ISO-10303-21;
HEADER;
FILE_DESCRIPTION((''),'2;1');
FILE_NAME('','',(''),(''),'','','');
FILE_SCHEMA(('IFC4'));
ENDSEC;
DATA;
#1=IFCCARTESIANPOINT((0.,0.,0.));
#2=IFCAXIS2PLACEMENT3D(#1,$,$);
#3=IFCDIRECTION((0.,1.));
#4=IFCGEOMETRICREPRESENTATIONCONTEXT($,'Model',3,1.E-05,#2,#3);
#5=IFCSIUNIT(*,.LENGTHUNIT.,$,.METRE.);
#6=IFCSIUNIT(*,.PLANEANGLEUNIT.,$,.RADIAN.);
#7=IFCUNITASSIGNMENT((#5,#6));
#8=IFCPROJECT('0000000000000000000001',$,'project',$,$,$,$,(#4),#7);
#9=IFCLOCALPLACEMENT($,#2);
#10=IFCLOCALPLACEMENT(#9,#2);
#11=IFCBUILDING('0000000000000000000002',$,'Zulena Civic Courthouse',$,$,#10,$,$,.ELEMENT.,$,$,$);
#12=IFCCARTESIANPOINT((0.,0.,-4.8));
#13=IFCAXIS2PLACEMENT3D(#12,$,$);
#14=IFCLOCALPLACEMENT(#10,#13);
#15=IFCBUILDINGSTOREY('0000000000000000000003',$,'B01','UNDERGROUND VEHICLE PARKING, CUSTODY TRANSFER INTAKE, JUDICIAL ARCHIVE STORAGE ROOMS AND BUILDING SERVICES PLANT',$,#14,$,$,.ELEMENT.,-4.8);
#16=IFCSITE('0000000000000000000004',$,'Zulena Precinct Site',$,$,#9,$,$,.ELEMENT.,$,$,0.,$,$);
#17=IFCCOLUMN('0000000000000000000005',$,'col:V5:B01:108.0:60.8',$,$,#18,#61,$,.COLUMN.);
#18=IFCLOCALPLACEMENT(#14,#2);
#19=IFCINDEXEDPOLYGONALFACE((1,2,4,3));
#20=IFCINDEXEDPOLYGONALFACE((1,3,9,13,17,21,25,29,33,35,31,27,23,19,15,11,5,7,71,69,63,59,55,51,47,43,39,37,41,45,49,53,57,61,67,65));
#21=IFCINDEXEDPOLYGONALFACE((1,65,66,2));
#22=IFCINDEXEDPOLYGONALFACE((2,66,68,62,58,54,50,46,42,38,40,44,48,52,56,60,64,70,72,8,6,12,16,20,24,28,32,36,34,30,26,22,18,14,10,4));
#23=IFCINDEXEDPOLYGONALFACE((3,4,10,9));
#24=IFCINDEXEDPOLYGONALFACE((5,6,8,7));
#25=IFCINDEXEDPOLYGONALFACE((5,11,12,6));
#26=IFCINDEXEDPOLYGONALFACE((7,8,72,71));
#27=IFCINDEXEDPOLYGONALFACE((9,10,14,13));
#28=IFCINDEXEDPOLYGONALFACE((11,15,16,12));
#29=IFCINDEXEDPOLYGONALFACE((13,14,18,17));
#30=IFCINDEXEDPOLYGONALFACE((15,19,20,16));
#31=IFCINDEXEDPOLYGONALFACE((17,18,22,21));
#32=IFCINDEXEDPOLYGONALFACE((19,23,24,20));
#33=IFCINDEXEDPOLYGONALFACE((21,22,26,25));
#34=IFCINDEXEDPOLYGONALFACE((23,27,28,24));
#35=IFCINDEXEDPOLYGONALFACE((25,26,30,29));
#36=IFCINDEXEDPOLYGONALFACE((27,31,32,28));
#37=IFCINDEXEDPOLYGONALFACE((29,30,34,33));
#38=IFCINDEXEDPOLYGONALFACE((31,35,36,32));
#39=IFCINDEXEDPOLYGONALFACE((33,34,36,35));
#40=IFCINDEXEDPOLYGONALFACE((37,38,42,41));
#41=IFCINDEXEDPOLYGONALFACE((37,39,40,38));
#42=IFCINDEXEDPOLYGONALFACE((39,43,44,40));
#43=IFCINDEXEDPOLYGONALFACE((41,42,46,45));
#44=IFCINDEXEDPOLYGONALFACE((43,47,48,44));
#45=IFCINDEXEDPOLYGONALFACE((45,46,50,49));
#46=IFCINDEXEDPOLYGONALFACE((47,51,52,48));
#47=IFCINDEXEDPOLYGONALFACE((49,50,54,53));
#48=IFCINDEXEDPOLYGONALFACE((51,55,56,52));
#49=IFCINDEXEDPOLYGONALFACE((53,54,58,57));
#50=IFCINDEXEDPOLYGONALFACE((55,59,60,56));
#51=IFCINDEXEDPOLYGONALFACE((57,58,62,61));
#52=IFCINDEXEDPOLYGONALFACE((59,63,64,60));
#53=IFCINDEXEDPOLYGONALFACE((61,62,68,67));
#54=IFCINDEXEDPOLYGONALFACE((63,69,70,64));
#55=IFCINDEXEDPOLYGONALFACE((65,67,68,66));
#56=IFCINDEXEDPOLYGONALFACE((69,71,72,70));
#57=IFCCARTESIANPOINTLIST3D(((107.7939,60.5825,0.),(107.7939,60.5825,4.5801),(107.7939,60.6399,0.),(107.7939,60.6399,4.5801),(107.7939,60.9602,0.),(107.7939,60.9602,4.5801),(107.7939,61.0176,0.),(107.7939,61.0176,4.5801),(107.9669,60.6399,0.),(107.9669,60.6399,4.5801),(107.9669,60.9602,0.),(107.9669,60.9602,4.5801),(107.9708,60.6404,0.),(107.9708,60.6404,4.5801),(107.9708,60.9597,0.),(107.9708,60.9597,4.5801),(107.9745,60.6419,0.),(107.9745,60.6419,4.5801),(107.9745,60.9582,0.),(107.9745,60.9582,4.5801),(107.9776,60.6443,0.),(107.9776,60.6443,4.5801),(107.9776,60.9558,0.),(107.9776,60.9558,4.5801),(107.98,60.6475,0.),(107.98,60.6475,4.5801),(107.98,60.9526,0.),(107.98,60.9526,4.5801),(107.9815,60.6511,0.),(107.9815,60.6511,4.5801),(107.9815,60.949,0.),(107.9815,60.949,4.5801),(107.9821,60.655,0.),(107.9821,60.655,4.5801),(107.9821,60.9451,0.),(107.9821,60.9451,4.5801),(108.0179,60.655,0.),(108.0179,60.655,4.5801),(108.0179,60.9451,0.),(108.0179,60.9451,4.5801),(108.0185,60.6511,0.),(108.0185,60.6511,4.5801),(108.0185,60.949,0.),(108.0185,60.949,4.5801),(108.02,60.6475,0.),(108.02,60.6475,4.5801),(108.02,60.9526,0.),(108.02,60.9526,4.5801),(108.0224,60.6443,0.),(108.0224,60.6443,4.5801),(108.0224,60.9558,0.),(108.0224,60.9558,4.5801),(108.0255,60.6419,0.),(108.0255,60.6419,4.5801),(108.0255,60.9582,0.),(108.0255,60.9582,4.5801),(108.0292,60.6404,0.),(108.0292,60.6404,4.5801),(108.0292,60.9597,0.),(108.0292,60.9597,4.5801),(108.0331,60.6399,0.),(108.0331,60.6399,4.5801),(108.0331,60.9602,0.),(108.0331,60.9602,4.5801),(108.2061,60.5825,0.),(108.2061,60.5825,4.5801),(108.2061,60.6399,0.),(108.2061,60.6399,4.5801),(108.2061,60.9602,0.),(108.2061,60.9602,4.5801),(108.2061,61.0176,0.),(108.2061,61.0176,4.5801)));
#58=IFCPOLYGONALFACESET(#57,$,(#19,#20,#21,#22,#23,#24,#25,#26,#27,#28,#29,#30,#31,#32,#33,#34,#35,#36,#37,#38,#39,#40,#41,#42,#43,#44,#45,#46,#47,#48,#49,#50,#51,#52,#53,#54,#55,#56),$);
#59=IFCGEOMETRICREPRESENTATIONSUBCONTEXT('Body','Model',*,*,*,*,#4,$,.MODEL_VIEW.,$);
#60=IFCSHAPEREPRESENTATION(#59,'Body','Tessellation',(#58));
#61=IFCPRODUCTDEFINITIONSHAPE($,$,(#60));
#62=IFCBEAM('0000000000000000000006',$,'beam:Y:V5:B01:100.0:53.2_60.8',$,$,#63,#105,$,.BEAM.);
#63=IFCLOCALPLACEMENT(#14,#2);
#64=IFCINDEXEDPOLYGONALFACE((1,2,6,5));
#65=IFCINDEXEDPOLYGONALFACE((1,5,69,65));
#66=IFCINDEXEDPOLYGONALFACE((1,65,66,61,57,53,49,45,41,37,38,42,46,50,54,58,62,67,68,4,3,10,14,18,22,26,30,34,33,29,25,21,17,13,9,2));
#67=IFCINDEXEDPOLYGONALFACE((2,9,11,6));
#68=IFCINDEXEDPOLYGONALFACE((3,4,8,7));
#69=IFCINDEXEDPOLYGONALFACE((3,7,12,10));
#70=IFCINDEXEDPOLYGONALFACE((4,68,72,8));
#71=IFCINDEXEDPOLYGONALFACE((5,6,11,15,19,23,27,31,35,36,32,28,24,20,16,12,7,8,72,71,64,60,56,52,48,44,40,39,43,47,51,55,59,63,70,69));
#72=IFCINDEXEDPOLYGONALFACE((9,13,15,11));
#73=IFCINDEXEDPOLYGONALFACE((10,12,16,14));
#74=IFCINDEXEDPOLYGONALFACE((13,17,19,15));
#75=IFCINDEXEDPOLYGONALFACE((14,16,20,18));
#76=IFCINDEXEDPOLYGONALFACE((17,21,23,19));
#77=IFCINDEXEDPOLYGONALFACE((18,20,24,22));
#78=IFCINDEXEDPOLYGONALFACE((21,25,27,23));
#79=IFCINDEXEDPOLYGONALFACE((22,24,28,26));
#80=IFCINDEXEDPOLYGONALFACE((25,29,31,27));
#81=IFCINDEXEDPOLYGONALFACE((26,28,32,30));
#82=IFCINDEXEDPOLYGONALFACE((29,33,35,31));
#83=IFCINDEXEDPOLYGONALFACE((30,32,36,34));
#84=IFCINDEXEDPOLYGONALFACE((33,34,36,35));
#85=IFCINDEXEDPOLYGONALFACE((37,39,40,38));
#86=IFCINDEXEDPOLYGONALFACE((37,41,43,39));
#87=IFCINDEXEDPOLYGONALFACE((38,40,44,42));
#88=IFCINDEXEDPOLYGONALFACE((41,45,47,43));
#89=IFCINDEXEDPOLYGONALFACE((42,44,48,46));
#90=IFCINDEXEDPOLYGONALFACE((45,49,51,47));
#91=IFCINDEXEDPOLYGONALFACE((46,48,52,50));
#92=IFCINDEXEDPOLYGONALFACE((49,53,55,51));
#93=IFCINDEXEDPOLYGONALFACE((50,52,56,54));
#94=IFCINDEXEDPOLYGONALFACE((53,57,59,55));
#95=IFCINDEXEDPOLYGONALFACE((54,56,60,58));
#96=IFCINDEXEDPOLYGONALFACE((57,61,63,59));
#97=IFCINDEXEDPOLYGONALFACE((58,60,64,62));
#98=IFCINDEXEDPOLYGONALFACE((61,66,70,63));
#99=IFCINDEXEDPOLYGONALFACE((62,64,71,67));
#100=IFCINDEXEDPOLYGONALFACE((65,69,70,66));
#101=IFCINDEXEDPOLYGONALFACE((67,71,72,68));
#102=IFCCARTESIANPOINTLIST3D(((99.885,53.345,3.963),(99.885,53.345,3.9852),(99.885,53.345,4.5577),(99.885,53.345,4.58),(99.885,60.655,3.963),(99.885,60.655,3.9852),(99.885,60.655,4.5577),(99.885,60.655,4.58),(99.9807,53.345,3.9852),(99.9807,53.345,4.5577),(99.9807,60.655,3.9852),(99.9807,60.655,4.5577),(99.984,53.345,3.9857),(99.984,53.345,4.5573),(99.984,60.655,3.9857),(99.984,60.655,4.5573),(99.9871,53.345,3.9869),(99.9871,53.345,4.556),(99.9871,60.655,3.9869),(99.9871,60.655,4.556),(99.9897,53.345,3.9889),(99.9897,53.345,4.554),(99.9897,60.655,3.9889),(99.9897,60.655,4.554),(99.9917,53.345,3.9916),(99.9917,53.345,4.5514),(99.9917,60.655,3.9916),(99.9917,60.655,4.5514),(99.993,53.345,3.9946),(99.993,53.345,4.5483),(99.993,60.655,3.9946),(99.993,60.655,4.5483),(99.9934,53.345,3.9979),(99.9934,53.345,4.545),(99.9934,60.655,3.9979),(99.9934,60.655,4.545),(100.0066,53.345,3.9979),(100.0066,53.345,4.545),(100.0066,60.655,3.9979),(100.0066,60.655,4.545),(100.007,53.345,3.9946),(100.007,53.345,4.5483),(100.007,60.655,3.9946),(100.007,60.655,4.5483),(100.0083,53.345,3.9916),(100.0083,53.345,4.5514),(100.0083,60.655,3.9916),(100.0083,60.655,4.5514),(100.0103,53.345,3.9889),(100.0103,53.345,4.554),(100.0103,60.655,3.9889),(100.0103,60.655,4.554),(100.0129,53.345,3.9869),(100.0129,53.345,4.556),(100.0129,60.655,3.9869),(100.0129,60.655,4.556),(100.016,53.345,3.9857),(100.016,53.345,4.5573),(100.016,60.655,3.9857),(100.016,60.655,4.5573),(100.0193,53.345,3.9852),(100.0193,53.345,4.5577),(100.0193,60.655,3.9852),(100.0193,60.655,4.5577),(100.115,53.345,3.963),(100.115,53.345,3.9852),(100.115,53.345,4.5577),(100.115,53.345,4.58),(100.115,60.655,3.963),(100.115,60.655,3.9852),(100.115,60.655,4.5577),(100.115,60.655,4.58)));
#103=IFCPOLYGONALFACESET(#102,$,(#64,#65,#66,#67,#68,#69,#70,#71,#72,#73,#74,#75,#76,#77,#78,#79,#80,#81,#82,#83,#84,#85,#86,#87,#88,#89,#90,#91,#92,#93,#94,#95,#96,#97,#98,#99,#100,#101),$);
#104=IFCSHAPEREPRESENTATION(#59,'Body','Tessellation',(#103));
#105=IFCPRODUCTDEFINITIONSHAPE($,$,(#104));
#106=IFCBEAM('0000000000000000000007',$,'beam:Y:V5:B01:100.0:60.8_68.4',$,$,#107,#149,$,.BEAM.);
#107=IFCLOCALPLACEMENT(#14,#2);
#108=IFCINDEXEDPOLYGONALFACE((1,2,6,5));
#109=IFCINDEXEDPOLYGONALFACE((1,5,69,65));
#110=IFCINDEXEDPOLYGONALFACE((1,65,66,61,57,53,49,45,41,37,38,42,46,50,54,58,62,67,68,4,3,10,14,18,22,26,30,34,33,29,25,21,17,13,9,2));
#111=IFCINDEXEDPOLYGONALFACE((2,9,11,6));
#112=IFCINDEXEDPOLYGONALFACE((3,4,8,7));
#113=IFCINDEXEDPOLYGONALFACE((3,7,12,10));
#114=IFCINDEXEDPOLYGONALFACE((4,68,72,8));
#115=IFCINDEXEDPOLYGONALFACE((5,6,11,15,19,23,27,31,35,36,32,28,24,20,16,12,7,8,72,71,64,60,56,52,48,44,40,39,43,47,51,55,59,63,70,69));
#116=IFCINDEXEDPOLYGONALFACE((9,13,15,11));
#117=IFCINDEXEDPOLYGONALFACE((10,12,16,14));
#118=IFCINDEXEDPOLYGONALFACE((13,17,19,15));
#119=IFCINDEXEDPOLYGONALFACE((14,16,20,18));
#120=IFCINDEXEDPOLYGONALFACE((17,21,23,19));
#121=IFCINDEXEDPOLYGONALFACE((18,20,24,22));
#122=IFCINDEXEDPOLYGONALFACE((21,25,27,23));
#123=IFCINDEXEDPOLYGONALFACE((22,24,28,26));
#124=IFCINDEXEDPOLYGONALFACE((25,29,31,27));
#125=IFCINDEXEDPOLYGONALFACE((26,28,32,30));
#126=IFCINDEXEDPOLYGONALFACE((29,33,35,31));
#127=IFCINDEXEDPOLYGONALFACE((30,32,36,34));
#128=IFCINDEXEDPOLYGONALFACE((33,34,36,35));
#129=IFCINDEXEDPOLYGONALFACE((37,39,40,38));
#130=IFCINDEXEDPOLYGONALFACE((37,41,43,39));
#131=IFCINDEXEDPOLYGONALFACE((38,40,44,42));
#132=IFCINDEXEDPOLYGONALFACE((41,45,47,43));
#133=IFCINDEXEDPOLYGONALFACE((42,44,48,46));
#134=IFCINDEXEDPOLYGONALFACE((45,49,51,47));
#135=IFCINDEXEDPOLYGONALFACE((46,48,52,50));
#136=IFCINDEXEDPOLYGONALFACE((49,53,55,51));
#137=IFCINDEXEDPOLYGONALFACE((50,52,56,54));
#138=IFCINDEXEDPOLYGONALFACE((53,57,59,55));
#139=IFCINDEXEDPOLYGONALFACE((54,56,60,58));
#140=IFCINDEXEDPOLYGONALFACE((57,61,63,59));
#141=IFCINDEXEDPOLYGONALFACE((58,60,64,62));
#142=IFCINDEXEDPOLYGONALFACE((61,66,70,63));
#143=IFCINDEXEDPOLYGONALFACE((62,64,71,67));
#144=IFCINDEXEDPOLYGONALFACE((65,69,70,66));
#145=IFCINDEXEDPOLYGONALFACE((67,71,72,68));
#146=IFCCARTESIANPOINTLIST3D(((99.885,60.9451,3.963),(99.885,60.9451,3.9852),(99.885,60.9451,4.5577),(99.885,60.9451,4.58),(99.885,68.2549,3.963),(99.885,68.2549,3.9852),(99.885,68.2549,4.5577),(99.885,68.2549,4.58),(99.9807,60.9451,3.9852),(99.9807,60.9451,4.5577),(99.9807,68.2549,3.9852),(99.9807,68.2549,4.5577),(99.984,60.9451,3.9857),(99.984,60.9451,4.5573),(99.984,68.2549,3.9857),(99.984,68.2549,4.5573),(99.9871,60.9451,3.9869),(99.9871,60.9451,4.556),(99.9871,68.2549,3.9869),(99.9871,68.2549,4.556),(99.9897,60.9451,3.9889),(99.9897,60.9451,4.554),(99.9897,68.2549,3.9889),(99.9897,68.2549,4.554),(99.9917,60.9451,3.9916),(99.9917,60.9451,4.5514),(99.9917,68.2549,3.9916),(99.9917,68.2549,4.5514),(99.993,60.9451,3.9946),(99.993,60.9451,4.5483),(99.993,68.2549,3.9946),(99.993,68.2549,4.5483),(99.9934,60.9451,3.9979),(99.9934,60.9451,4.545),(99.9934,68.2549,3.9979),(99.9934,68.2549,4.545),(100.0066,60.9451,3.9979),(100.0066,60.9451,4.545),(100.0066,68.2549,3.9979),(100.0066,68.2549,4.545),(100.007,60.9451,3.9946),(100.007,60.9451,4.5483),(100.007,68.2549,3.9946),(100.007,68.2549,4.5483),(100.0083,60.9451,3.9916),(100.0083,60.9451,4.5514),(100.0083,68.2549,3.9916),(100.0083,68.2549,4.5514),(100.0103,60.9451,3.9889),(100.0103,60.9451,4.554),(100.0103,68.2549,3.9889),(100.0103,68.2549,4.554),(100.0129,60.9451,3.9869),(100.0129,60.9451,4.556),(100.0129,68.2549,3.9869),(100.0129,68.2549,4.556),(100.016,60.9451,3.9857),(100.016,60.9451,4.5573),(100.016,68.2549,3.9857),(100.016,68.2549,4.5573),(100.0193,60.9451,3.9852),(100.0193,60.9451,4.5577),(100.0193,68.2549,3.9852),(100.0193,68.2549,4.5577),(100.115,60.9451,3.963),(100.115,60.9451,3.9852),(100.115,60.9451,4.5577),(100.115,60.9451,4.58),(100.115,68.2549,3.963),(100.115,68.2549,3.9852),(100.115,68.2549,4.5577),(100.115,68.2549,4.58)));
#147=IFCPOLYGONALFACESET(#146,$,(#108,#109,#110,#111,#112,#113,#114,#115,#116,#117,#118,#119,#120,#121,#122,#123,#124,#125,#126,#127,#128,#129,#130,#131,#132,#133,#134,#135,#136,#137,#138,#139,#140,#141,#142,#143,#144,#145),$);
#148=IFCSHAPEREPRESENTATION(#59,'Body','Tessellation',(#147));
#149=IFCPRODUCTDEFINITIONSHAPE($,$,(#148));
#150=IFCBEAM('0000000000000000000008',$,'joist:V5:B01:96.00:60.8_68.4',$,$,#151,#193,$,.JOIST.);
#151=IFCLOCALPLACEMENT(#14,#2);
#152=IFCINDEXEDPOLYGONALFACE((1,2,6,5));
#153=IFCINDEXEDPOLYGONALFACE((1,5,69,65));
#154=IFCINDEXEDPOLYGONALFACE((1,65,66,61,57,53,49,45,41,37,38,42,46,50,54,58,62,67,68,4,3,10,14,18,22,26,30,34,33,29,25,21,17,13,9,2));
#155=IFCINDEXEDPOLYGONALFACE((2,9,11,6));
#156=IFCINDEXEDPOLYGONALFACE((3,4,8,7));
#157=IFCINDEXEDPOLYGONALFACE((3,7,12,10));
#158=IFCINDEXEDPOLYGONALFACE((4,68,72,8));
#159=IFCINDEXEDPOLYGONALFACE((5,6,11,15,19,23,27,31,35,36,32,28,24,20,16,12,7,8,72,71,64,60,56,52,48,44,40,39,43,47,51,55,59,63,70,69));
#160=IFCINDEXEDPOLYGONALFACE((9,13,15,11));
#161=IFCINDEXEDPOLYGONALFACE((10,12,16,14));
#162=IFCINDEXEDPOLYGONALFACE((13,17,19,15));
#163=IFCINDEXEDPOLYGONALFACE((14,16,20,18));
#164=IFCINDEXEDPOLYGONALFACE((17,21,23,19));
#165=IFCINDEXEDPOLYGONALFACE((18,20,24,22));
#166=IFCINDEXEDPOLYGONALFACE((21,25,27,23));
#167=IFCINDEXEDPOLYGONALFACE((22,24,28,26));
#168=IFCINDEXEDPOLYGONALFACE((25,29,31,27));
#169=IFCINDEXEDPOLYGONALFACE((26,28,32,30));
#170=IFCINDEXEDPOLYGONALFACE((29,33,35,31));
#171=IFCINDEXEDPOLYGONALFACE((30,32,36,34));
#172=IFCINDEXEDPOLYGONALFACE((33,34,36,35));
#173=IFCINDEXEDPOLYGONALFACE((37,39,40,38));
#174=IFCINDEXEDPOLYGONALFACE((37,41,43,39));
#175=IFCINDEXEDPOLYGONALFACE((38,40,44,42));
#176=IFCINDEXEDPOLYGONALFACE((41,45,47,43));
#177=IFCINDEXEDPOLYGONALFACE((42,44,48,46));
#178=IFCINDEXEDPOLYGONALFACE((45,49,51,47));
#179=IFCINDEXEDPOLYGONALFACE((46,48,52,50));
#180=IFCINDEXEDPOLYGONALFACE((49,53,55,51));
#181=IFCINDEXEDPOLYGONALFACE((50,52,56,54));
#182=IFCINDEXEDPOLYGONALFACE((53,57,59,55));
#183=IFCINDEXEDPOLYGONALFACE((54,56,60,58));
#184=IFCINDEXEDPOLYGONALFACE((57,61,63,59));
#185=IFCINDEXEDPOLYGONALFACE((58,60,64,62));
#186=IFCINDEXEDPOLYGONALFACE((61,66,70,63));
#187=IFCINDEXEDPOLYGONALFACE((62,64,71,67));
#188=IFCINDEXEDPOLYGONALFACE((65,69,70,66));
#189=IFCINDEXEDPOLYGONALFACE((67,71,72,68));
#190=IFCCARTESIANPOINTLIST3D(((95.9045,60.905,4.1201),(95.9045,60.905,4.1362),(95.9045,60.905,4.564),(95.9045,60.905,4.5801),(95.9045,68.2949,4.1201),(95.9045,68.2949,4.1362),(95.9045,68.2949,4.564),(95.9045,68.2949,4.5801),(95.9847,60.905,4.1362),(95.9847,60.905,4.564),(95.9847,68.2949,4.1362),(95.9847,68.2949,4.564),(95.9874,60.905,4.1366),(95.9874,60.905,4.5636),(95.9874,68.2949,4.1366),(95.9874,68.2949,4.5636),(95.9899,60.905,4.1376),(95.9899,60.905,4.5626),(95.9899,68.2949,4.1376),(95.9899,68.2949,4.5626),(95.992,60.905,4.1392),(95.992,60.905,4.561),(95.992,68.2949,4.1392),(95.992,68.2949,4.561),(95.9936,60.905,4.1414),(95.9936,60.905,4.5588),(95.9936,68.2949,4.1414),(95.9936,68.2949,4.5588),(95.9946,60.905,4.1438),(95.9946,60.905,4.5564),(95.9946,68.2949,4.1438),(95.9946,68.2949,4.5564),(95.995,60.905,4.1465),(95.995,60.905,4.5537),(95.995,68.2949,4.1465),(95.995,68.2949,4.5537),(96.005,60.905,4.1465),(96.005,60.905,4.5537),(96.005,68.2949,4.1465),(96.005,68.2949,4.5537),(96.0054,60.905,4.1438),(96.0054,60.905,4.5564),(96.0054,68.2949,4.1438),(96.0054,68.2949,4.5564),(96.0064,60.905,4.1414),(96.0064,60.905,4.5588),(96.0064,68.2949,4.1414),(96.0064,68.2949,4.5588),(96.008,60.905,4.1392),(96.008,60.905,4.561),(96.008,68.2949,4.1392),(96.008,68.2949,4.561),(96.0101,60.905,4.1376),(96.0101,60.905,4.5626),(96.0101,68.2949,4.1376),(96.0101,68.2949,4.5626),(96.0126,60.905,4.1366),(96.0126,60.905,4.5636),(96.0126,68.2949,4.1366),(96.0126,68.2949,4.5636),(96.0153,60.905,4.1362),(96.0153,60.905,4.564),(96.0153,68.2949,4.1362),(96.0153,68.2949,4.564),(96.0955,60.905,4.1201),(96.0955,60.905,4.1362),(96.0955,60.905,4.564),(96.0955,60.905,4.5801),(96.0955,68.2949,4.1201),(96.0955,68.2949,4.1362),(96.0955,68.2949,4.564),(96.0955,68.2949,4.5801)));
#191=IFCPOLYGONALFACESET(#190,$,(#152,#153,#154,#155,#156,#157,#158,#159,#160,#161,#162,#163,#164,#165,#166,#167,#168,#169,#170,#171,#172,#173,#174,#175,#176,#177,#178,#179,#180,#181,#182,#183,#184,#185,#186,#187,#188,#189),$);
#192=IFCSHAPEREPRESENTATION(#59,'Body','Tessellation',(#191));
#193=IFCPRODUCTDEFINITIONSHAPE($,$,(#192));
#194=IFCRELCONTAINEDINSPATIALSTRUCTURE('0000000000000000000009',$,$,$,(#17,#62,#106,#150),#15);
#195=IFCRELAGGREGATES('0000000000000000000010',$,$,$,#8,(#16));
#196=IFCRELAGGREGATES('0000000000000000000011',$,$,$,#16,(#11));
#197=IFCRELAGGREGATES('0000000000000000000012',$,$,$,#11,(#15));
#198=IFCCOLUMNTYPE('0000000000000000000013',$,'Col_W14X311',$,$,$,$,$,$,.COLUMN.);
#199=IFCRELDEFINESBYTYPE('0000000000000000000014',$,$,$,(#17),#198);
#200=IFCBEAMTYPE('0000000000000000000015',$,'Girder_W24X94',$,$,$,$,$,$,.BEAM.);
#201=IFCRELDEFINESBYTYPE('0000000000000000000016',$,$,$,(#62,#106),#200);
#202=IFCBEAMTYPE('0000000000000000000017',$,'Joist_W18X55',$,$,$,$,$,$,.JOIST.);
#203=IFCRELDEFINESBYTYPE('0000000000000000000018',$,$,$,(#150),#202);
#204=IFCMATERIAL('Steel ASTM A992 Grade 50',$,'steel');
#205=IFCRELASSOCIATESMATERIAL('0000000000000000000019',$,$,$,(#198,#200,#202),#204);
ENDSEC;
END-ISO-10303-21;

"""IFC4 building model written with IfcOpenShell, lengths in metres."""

from ifc_helpers import new_model, si_unit, direction, frame, origin, origin_2d, place, context, subcontext, project, spatial, i_section, extrude, material, material_profile, profile_set, type_object, element, save


model = new_model("IFC4")

# Units and contexts
model_context = context("Model", 3, precision=1e-05, world=origin(), true_north=direction((0.0, 1.0)))
body_context = subcontext(model_context, "Body", "Model", "MODEL_VIEW")
ifc_project = project(units=[si_unit("LENGTHUNIT", "METRE"), si_unit("PLANEANGLEUNIT", "RADIAN")], contexts=[model_context])

# Site, building, storey
site_placement = place(None, origin())
site = spatial("IfcSite", under=ifc_project, at=site_placement, Name="Zulena Precinct Site", CompositionType="ELEMENT", RefElevation=0.0)
building_placement = place(site_placement, origin())
building = spatial("IfcBuilding", under=site, at=building_placement, Name="Zulena Civic Courthouse", CompositionType="ELEMENT")
storey_placement = place(building_placement, frame((0.0, 0.0, -4.8)))
storey = spatial("IfcBuildingStorey", under=building, at=storey_placement, Name="B01", Description="UNDERGROUND VEHICLE PARKING, CUSTODY TRANSFER INTAKE, JUDICIAL ARCHIVE STORAGE ROOMS AND BUILDING SERVICES PLANT", CompositionType="ELEMENT", Elevation=-4.8)

# Column
ifc_material_1 = material(Name="Steel ASTM A992 Grade 50", Category="steel")
ifc_material_profile_1 = material_profile(ifc_material_1, i_section(OverallWidth=0.4121, OverallDepth=0.4351, WebThickness=0.0359, FlangeThickness=0.0574, FilletRadius=0.0151, at=origin_2d()), Name="W14X311")
ifc_profile_set_1 = profile_set([ifc_material_profile_1], Name="Steel ASTM A992 Grade 50")
column_type_1 = type_object("IfcColumnType", Name="Col_W14X311", PredefinedType="COLUMN", material=ifc_profile_set_1)
column_1_placement = place(storey_placement, frame((108.0, 60.8, 0.0), z_axis=(0.0, 0.0, 1.0), x_axis=(1.0, 0.0, 0.0)))
element("IfcColumn", 1, at=column_1_placement, inside=storey, type_object=column_type_1, Name="col:V5:B01:108.0:60.8", PredefinedType="COLUMN", context=body_context, shape_type="SweptSolid", body=[
    extrude(i_section(OverallWidth=0.4121, OverallDepth=0.4351, WebThickness=0.0359, FlangeThickness=0.0574, FilletRadius=0.0151, at=origin_2d()), origin(), (0.0, 0.0, 1.0), 4.5801),
])

# Beams
ifc_material_profile_2 = material_profile(ifc_material_1, i_section(OverallWidth=0.23, OverallDepth=0.6169, WebThickness=0.0132, FlangeThickness=0.0222, FilletRadius=0.0127, at=origin_2d()), Name="W24X94")
ifc_profile_set_2 = profile_set([ifc_material_profile_2], Name="Steel ASTM A992 Grade 50")
beam_type_1 = type_object("IfcBeamType", Name="Girder_W24X94", PredefinedType="BEAM", material=ifc_profile_set_2)
beam_1_placement = place(storey_placement, frame((100.0, 53.345, 4.2715), z_axis=(0.0, 1.0, 0.0), x_axis=(-1.0, 0.0, 0.0)))
element("IfcBeam", 2, at=beam_1_placement, inside=storey, type_object=beam_type_1, Name="beam:Y:V5:B01:100.0:53.2_60.8", PredefinedType="BEAM", context=body_context, shape_type="SweptSolid", body=[
    extrude(i_section(OverallWidth=0.23, OverallDepth=0.6169, WebThickness=0.0132, FlangeThickness=0.0222, FilletRadius=0.0127, at=origin_2d()), origin(), (0.0, 0.0, 1.0), 7.3101),
])
beam_2_placement = place(storey_placement, frame((100.0, 60.9451, 4.2715), z_axis=(0.0, 1.0, 0.0), x_axis=(-1.0, 0.0, 0.0)))
element("IfcBeam", 3, at=beam_2_placement, inside=storey, type_object=beam_type_1, Name="beam:Y:V5:B01:100.0:60.8_68.4", PredefinedType="BEAM", context=body_context, shape_type="SweptSolid", body=[
    extrude(i_section(OverallWidth=0.23, OverallDepth=0.6169, WebThickness=0.0132, FlangeThickness=0.0222, FilletRadius=0.0127, at=origin_2d()), origin(), (0.0, 0.0, 1.0), 7.3098),
])
ifc_material_profile_3 = material_profile(ifc_material_1, i_section(OverallWidth=0.1909, OverallDepth=0.46, WebThickness=0.01, FlangeThickness=0.0161, FilletRadius=0.0103, at=origin_2d()), Name="W18X55")
ifc_profile_set_3 = profile_set([ifc_material_profile_3], Name="Steel ASTM A992 Grade 50")
beam_type_2 = type_object("IfcBeamType", Name="Joist_W18X55", PredefinedType="JOIST", material=ifc_profile_set_3)
beam_3_placement = place(storey_placement, frame((96.0, 60.905, 4.3501), z_axis=(0.0, 1.0, 0.0), x_axis=(-1.0, 0.0, 0.0)))
element("IfcBeam", 4, at=beam_3_placement, inside=storey, type_object=beam_type_2, Name="joist:V5:B01:96.00:60.8_68.4", PredefinedType="JOIST", context=body_context, shape_type="SweptSolid", body=[
    extrude(i_section(OverallWidth=0.1909, OverallDepth=0.46, WebThickness=0.01, FlangeThickness=0.0161, FilletRadius=0.0103, at=origin_2d()), origin(), (0.0, 0.0, 1.0), 7.3899),
])

save(model, "model.ifc")
